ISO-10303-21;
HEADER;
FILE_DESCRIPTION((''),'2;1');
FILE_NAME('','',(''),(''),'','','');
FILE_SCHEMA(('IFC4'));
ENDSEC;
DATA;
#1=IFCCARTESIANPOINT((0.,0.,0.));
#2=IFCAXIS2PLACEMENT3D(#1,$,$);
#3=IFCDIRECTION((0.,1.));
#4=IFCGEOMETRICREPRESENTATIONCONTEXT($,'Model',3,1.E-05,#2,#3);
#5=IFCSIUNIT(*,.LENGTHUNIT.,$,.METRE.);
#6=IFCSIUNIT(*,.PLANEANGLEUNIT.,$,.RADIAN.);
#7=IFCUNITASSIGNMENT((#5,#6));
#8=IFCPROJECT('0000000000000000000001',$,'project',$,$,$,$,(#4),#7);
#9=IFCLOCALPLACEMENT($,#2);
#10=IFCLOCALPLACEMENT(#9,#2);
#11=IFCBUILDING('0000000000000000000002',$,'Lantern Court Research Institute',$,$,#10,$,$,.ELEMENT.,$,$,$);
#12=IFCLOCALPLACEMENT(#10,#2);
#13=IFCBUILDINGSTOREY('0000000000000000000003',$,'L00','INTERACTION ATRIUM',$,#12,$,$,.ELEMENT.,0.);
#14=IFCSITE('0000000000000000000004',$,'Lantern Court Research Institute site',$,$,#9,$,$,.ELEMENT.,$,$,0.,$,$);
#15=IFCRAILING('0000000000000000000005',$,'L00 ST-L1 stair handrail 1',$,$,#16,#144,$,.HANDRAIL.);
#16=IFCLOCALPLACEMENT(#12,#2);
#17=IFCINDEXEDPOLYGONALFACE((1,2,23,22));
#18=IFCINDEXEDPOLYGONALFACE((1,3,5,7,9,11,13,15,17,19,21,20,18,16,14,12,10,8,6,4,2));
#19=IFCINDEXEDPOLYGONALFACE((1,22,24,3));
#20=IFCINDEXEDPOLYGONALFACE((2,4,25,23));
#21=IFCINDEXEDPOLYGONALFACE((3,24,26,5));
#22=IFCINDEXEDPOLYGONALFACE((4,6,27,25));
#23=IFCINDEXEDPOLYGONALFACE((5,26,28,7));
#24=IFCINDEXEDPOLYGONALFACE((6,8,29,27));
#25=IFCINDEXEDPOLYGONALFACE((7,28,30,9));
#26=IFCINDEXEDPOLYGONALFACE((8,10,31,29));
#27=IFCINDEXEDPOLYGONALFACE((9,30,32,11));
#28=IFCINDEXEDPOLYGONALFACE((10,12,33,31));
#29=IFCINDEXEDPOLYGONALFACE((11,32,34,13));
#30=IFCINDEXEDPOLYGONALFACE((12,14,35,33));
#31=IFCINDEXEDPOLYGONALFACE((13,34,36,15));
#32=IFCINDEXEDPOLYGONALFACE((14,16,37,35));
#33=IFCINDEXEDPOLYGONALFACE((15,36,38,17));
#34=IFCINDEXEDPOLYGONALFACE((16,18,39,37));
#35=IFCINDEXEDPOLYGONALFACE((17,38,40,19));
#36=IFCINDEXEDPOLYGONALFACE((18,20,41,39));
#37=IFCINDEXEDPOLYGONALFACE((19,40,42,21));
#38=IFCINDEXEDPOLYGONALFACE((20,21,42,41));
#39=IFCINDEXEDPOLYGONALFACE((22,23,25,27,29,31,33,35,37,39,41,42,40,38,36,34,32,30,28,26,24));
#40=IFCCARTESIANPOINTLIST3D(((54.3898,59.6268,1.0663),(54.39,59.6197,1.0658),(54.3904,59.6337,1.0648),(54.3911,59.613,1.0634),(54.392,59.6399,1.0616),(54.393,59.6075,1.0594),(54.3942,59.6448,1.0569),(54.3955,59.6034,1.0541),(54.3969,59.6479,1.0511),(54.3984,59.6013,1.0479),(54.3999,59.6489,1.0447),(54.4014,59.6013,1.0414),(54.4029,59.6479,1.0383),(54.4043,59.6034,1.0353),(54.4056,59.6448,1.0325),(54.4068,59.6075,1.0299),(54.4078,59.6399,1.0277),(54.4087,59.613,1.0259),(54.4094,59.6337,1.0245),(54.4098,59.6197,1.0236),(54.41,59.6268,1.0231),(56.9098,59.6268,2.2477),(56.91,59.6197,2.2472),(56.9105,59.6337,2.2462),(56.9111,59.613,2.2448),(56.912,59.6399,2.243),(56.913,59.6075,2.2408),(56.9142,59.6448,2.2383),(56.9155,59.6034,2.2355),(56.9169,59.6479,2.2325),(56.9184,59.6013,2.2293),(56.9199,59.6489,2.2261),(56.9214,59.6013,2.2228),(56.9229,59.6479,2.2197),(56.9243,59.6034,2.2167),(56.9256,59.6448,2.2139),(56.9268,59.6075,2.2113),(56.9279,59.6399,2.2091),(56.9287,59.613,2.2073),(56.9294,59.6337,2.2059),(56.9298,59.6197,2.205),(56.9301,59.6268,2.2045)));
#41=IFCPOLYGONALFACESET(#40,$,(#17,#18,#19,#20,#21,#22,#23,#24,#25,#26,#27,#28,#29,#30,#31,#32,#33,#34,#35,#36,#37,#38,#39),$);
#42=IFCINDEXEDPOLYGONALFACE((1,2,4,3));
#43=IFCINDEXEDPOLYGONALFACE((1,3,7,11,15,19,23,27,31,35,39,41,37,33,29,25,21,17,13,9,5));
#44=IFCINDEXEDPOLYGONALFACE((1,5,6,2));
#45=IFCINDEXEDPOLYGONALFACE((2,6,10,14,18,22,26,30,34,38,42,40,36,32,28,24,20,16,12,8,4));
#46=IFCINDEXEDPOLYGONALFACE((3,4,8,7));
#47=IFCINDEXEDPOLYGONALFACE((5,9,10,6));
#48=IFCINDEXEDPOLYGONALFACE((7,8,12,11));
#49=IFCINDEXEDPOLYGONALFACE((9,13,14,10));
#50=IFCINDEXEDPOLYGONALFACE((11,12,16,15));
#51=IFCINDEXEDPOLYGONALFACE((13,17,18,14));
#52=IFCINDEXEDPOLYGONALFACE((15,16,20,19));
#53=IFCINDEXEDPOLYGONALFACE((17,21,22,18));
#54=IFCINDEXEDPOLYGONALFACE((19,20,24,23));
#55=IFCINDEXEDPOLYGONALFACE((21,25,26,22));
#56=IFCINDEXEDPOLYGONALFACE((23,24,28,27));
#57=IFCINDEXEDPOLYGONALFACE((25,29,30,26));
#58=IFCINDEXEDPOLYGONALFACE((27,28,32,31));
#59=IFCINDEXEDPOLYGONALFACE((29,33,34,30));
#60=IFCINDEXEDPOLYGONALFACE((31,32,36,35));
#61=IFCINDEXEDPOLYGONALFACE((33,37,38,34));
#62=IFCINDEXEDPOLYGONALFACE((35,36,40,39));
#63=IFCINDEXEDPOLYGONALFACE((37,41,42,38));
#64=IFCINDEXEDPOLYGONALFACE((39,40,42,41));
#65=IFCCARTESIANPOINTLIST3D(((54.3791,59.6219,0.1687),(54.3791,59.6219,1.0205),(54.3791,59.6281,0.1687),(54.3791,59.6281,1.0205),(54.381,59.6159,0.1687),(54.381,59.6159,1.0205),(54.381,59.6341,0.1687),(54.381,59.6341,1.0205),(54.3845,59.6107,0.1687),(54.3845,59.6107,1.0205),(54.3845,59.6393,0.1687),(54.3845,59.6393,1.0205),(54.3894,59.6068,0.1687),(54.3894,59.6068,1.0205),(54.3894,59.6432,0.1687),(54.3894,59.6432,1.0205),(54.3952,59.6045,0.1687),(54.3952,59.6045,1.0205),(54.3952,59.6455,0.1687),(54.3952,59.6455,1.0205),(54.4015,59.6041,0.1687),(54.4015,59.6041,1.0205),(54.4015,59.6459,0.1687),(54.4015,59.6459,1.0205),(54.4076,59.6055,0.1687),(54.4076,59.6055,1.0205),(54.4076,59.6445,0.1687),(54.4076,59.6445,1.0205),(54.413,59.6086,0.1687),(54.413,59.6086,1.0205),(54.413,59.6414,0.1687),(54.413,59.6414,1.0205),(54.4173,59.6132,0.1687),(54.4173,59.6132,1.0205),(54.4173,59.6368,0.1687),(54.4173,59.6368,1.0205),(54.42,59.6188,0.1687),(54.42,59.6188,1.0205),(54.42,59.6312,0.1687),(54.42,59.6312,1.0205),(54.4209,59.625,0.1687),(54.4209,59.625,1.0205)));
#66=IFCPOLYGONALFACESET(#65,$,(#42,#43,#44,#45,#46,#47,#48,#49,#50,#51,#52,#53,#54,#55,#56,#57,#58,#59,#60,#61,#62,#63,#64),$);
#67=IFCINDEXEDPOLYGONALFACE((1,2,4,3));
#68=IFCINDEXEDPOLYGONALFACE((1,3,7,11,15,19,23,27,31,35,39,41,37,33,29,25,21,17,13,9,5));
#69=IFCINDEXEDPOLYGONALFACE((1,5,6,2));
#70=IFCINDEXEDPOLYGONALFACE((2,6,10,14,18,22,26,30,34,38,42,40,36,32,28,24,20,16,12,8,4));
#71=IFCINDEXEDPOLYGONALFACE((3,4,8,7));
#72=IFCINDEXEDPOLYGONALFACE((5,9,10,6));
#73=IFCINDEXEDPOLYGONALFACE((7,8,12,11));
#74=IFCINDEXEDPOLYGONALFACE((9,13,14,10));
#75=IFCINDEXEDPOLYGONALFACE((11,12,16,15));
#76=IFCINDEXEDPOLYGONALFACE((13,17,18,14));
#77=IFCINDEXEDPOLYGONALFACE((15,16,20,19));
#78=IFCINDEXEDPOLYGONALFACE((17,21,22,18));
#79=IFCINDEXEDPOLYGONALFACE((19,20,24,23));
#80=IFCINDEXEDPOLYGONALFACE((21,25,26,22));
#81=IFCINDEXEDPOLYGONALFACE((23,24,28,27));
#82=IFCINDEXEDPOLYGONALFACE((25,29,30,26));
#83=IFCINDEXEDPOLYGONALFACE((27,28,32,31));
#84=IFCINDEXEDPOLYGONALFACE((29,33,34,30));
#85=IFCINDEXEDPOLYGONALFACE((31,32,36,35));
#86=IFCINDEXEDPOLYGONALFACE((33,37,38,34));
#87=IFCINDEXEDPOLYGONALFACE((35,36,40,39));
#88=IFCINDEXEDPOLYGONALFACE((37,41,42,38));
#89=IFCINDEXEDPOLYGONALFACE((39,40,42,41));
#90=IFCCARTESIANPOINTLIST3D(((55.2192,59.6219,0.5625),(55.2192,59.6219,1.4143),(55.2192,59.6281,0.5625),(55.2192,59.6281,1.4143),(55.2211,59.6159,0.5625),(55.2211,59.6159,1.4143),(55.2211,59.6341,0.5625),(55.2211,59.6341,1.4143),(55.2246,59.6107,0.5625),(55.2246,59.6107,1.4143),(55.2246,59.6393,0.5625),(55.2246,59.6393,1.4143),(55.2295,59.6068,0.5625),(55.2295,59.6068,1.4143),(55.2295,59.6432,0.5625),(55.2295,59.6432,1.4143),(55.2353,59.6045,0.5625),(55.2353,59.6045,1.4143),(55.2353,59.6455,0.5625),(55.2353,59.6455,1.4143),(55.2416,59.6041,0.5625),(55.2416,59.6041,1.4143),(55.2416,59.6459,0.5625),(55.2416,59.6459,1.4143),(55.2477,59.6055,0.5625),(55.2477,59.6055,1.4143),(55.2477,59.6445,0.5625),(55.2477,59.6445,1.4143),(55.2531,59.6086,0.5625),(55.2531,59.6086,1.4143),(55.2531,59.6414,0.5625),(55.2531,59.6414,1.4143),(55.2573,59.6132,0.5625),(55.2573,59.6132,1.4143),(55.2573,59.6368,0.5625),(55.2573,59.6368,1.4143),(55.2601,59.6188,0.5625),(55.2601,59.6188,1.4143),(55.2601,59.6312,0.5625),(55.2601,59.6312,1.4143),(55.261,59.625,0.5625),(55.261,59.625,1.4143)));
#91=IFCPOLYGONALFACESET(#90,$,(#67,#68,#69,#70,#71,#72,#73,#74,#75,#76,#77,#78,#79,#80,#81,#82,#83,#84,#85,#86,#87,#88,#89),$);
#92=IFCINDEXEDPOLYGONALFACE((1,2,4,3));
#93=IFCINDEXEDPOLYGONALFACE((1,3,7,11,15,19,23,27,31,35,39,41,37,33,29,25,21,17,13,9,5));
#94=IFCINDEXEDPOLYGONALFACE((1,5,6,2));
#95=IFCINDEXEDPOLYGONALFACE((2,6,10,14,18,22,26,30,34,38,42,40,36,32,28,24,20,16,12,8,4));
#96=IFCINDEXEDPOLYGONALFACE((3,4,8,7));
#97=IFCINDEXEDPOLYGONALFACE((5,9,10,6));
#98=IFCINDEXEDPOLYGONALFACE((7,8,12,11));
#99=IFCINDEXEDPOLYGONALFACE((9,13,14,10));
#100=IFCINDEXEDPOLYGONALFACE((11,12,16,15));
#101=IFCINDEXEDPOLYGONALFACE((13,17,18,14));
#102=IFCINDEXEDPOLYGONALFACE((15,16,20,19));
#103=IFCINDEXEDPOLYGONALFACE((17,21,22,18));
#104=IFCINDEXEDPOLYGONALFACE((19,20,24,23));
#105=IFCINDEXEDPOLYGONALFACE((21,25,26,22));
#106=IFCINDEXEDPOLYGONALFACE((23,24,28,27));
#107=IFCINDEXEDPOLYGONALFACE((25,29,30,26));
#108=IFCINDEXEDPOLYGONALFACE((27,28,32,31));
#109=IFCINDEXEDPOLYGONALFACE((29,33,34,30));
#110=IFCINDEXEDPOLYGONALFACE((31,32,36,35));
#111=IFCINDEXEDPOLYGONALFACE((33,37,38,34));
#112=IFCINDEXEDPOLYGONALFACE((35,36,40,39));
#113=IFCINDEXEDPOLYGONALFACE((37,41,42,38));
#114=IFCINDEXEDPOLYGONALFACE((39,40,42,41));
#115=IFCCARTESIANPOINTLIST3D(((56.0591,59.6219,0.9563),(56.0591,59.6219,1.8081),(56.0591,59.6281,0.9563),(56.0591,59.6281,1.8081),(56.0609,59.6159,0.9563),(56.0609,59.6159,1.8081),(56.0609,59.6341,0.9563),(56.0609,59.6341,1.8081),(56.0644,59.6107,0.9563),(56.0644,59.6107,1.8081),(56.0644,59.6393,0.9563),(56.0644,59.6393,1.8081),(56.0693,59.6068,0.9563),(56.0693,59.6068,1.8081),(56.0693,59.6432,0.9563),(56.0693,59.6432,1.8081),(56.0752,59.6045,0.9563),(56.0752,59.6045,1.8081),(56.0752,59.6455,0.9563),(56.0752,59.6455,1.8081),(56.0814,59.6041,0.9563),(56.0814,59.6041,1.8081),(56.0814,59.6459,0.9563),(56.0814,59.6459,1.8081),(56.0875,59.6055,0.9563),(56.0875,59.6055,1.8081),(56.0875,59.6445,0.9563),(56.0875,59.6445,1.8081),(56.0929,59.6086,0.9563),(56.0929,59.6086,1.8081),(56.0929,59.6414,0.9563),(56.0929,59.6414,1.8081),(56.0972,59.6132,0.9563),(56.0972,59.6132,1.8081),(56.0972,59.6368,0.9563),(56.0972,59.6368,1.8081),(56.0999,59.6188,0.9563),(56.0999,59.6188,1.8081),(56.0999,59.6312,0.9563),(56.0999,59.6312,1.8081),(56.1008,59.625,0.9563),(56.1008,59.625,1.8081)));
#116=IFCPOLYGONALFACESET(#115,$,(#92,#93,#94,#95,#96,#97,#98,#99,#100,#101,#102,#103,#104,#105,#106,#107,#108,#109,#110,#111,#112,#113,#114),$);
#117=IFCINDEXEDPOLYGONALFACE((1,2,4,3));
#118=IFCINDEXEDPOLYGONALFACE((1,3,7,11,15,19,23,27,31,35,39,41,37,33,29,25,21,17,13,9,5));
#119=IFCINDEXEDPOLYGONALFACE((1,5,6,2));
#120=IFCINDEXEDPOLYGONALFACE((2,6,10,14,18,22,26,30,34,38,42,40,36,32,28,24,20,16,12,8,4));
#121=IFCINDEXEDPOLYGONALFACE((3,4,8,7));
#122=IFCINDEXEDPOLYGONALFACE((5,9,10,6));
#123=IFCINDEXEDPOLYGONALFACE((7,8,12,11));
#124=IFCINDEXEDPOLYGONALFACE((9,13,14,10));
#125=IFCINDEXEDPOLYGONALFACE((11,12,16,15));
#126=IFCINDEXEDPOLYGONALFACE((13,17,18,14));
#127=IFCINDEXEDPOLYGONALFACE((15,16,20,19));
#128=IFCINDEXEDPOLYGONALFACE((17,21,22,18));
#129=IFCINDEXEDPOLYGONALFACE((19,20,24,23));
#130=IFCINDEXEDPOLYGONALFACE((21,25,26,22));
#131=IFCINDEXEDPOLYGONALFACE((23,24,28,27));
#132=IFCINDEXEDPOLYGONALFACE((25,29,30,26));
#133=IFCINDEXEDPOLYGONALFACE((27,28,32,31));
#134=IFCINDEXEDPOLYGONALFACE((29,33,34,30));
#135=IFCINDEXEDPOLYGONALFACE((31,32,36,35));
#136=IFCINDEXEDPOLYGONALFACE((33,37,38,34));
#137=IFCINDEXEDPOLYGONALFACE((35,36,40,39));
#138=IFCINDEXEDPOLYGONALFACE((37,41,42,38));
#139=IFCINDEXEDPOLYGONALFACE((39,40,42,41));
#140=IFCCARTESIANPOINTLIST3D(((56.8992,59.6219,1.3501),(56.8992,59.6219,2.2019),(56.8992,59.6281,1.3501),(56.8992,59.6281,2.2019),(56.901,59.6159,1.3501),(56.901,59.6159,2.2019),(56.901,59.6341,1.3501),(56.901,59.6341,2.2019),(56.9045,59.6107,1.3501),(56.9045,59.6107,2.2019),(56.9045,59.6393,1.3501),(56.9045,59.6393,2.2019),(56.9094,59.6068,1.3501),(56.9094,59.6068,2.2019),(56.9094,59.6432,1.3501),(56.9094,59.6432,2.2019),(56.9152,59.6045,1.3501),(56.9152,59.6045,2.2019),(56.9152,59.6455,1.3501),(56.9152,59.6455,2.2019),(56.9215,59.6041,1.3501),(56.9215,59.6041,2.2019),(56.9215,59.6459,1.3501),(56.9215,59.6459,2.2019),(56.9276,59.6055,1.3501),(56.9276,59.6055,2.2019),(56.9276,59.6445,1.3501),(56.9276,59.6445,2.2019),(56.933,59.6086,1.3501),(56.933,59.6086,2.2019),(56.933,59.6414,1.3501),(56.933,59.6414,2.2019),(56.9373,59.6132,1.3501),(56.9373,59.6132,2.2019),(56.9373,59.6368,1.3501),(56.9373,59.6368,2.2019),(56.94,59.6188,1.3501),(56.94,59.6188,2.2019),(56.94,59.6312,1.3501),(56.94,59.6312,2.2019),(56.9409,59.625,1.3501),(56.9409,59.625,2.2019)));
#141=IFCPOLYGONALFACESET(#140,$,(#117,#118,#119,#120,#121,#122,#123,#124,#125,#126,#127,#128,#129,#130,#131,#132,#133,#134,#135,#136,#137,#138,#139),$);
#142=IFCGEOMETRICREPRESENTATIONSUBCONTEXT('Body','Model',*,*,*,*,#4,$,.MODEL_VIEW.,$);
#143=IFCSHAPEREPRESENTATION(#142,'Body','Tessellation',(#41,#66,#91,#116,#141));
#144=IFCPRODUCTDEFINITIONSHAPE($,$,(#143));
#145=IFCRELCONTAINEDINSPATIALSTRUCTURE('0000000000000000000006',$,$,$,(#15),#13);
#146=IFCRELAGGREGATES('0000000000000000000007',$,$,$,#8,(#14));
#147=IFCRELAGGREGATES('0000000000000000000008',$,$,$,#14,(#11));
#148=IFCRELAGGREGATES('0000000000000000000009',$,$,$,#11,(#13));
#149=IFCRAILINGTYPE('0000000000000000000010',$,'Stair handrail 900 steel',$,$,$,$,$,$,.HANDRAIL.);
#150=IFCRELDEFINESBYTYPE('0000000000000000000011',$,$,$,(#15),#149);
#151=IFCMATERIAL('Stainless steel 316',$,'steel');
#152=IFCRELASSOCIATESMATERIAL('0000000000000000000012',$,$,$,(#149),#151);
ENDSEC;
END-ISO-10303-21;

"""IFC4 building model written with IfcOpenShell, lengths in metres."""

from ifc_helpers import new_model, si_unit, direction, frame, origin, origin_2d, place, context, subcontext, project, spatial, circle, extrude, material, type_object, element, save


model = new_model("IFC4")

# Units and contexts
model_context = context("Model", 3, precision=1e-05, world=origin(), true_north=direction((0.0, 1.0)))
body_context = subcontext(model_context, "Body", "Model", "MODEL_VIEW")
ifc_project = project(units=[si_unit("LENGTHUNIT", "METRE"), si_unit("PLANEANGLEUNIT", "RADIAN")], contexts=[model_context])

# Site, building, storey
site_placement = place(None, origin())
site = spatial("IfcSite", under=ifc_project, at=site_placement, Name="Lantern Court Research Institute site", CompositionType="ELEMENT", RefElevation=0.0)
building_placement = place(site_placement, origin())
building = spatial("IfcBuilding", under=site, at=building_placement, Name="Lantern Court Research Institute", CompositionType="ELEMENT")
storey_placement = place(building_placement, origin())
storey = spatial("IfcBuildingStorey", under=building, at=storey_placement, Name="L00", Description="INTERACTION ATRIUM", CompositionType="ELEMENT", Elevation=0.0)

# Railing
ifc_material_1 = material(Name="Stainless steel 316", Category="steel")
railing_type_1 = type_object("IfcRailingType", Name="Stair handrail 900 steel", PredefinedType="HANDRAIL", material=ifc_material_1)
for number, where, name in (
    (1, (54.3999, 59.625, 0.1687), "L00 ST-L1 stair handrail 1"),
):
    element("IfcRailing", number, at=place(storey_placement, frame(where)), inside=storey, type_object=railing_type_1, Name=name, PredefinedType="HANDRAIL", context=body_context, shape_type="SweptSolid", body=[
        extrude(circle(Radius=0.0239, at=origin_2d()), frame((0.0, 0.0, 0.876), z_axis=(0.90544, 0.0, 0.424474), x_axis=(0.0, 1.0, 0.0)), (0.0, 0.0, 1.0), 2.7832),
        extrude(circle(Radius=0.021, at=origin_2d()), origin(), (0.0, 0.0, 1.0), 0.8518),
        extrude(circle(Radius=0.021, at=origin_2d()), frame((0.8401, 0.0, 0.3938)), (0.0, 0.0, 1.0), 0.8518),
        extrude(circle(Radius=0.021, at=origin_2d()), frame((1.6799, 0.0, 0.7876)), (0.0, 0.0, 1.0), 0.8518),
        extrude(circle(Radius=0.021, at=origin_2d()), frame((2.52, 0.0, 1.1814)), (0.0, 0.0, 1.0), 0.8518),
    ])

save(model, "model.ifc")
